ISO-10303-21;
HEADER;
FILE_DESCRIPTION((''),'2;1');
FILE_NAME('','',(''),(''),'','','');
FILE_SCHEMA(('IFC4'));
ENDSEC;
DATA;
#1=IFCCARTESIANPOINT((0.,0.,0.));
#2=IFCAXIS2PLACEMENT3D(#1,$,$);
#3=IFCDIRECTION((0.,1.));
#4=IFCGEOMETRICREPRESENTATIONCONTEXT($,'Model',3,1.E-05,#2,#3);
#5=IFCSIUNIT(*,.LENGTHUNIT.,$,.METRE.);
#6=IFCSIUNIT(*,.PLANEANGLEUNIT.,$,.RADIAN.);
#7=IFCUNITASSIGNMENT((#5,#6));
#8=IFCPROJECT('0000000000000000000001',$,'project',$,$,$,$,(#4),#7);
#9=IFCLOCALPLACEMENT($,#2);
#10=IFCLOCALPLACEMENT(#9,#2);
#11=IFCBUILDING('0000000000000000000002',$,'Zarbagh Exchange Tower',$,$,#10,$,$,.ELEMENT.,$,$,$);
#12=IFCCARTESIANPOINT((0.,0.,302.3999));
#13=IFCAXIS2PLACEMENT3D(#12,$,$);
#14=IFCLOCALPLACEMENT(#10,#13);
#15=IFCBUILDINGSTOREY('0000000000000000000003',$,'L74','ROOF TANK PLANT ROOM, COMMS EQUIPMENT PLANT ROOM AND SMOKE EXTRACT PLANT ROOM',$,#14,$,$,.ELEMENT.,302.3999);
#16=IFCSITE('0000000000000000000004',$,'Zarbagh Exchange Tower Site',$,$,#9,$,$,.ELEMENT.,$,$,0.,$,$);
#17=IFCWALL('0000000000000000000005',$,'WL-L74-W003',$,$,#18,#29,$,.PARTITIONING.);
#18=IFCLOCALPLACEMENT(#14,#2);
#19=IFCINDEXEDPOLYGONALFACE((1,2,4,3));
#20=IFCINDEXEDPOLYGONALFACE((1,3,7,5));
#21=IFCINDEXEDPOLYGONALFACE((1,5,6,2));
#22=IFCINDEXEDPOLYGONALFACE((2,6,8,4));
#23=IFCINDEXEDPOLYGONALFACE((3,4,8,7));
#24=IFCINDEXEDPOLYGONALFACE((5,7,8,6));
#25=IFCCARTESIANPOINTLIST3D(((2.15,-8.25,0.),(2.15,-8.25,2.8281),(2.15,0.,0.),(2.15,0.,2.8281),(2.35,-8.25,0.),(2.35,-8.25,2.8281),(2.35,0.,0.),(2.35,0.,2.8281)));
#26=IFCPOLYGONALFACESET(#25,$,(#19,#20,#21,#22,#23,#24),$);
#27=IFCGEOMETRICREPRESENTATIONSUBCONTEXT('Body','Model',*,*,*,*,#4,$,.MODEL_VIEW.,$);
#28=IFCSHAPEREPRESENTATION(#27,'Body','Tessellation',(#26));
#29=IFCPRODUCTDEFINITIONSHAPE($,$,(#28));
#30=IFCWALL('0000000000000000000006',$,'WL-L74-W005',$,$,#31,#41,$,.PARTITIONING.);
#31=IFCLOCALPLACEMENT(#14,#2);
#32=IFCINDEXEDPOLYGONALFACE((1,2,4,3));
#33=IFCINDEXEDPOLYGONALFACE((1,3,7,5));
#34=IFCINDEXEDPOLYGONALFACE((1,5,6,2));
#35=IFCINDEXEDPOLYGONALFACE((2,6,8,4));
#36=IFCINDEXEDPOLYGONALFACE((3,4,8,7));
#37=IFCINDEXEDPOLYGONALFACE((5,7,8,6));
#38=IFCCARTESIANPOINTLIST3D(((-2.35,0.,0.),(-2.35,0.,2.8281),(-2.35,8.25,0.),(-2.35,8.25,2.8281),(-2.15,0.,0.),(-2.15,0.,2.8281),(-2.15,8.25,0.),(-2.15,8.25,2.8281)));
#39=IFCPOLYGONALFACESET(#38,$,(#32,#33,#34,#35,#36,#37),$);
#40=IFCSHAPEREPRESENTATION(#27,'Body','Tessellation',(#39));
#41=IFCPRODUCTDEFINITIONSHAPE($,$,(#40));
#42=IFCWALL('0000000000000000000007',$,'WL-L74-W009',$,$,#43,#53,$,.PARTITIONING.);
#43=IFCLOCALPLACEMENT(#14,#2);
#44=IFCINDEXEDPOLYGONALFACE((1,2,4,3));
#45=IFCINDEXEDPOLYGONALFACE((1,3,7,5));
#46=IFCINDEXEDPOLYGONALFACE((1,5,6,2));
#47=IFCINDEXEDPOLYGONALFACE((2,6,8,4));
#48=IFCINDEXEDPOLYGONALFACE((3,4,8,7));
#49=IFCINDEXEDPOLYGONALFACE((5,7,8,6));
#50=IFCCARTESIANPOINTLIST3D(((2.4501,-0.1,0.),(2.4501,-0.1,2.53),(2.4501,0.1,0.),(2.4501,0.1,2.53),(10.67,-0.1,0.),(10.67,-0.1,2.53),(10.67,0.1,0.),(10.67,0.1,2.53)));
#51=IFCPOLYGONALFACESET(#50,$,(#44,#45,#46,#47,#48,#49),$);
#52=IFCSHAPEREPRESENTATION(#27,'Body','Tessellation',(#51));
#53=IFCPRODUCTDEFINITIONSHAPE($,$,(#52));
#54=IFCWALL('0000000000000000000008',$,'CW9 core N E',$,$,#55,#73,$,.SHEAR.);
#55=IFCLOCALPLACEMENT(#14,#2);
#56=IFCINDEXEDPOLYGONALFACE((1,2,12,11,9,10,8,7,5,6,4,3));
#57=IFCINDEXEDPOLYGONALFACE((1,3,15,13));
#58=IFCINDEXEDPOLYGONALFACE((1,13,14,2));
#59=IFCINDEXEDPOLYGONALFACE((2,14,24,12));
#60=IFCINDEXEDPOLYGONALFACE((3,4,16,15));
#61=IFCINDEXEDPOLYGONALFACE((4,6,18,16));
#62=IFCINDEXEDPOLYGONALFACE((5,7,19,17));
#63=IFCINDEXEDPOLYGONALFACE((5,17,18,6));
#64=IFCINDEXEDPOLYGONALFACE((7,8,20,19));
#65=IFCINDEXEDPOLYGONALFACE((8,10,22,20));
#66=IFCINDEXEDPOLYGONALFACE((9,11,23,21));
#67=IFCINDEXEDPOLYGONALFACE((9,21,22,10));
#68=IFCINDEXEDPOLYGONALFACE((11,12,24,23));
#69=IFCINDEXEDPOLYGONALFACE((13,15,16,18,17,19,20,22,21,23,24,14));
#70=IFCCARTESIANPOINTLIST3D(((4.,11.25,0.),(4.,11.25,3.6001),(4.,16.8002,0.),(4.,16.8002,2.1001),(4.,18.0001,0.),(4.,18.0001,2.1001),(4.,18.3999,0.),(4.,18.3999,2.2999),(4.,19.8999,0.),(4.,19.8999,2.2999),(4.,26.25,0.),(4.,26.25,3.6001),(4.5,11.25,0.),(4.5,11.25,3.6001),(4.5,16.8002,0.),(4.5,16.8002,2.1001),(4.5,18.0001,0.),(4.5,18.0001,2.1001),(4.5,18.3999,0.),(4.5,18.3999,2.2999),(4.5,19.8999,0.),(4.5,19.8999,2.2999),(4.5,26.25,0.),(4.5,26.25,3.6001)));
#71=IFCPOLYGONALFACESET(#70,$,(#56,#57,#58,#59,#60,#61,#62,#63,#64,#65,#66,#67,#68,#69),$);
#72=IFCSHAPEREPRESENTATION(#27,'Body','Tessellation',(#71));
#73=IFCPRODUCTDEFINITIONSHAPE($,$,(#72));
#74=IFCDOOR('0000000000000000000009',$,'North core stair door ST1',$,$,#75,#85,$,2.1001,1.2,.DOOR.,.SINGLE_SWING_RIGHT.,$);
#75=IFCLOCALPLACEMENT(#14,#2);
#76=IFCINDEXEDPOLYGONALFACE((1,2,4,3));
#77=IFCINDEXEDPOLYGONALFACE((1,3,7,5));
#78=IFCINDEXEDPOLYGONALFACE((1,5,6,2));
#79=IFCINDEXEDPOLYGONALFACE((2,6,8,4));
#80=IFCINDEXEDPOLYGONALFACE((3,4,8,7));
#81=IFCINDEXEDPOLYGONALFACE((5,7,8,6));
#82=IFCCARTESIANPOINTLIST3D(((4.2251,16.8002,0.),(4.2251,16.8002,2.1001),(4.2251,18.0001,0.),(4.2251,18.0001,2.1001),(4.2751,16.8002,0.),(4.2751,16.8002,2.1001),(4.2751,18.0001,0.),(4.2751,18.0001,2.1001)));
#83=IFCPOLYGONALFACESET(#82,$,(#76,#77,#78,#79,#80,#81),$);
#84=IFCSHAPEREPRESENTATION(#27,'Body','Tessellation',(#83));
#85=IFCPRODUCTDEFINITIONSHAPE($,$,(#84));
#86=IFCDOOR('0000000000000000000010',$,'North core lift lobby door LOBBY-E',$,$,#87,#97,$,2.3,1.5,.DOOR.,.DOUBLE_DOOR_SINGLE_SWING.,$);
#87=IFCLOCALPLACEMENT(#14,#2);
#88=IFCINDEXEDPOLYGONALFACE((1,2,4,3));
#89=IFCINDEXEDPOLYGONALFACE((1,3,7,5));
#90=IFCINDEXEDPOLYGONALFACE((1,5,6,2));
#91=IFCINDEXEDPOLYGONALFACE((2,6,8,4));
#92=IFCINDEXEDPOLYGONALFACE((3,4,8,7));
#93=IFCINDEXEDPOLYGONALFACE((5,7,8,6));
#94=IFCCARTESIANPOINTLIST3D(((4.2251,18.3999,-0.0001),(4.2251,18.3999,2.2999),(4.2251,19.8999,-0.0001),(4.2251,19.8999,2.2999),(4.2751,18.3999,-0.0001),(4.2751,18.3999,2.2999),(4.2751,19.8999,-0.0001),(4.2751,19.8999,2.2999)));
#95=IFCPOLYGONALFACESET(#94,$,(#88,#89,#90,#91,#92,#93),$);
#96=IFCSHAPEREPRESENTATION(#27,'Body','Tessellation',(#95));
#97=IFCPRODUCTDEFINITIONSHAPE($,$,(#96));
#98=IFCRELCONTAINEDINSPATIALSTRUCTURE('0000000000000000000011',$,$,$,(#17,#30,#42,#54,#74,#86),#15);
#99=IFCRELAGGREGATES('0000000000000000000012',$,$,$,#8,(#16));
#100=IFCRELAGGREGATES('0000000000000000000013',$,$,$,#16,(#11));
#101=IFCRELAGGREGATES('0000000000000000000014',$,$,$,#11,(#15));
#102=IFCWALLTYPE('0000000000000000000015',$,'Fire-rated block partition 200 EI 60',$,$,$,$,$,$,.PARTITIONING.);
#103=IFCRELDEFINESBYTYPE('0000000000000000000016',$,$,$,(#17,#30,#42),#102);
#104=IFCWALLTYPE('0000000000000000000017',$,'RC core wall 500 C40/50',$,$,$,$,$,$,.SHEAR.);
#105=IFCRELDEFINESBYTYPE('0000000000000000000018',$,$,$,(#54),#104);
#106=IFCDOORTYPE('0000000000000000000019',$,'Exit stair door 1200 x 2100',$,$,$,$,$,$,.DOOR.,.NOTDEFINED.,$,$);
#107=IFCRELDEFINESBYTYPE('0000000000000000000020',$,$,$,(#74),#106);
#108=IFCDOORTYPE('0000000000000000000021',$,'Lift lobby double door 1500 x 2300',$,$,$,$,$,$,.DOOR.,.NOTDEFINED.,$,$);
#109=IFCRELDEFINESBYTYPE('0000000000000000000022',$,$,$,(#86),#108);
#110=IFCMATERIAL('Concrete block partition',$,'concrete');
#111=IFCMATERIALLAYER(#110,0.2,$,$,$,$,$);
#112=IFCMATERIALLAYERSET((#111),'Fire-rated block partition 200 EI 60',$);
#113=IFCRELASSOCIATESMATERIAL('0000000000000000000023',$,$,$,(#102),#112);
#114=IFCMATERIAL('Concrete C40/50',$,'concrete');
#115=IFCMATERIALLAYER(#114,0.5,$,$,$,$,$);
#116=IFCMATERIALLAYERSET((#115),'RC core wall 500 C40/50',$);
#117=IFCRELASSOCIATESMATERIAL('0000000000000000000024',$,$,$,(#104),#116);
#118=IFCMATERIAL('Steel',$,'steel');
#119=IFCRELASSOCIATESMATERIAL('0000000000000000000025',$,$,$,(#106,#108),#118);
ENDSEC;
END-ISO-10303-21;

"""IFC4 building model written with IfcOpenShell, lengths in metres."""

from ifc_helpers import new_model, si_unit, direction, frame, frame_2d, origin, place, context, subcontext, project, spatial, rectangle, extrude, material, layer, layer_set, type_object, element, fill, save


model = new_model("IFC4")

# Units and contexts
model_context = context("Model", 3, precision=1e-05, world=origin(), true_north=direction((0.0, 1.0)))
body_context = subcontext(model_context, "Body", "Model", "MODEL_VIEW")
ifc_project = project(units=[si_unit("LENGTHUNIT", "METRE"), si_unit("PLANEANGLEUNIT", "RADIAN")], contexts=[model_context])

# Site, building, storey
site_placement = place(None, origin())
site = spatial("IfcSite", under=ifc_project, at=site_placement, Name="Zarbagh Exchange Tower Site", CompositionType="ELEMENT", RefElevation=0.0)
building_placement = place(site_placement, origin())
building = spatial("IfcBuilding", under=site, at=building_placement, Name="Zarbagh Exchange Tower", CompositionType="ELEMENT")
storey_placement = place(building_placement, frame((0.0, 0.0, 302.3999)))
storey = spatial("IfcBuildingStorey", under=building, at=storey_placement, Name="L74", Description="ROOF TANK PLANT ROOM, COMMS EQUIPMENT PLANT ROOM AND SMOKE EXTRACT PLANT ROOM", CompositionType="ELEMENT", Elevation=302.3999)

# Shared definitions
ifc_material_1 = material(Name="Concrete C40/50", Category="concrete")

# Shared definitions
ifc_material_2 = material(Name="Concrete block partition", Category="concrete")
ifc_layer_1 = layer(ifc_material_2, 0.2)
ifc_layer_set_1 = layer_set([ifc_layer_1], Name="Fire-rated block partition 200 EI 60")
wall_type_1 = type_object("IfcWallType", Name="Fire-rated block partition 200 EI 60", PredefinedType="PARTITIONING", material=ifc_layer_set_1)

# Walls
for number, where, z_axis, x_axis, name in (
    (1, (2.25, 0.0, 0.0), (0.0, 0.0, 1.0), (0.0, -1.0, 0.0), "WL-L74-W003"),
    (2, (-2.25, 0.0, 0.0), (0.0, 0.0, 1.0), (0.0, 1.0, 0.0), "WL-L74-W005"),
):
    element("IfcWall", number, at=place(storey_placement, frame(where, z_axis=z_axis, x_axis=x_axis)), inside=storey, type_object=wall_type_1, Name=name, PredefinedType="PARTITIONING", context=body_context, shape_type="SweptSolid", body=[
        extrude(rectangle(XDim=8.25, YDim=0.2, at=frame_2d((4.125, 0.0))), origin(), (0.0, 0.0, 1.0), 2.8281),
    ])
wall_1_placement = place(storey_placement, frame((10.6699, 0.0, 0.0), z_axis=(0.0, 0.0, 1.0), x_axis=(-1.0, 0.0, 0.0)))
element("IfcWall", 3, at=wall_1_placement, inside=storey, type_object=wall_type_1, Name="WL-L74-W009", PredefinedType="PARTITIONING", context=body_context, shape_type="SweptSolid", body=[
    extrude(rectangle(XDim=8.22, YDim=0.2, at=frame_2d((4.1099, 0.0))), origin(), (0.0, 0.0, 1.0), 2.53),
])

# Wall, openings, doors
ifc_layer_2 = layer(ifc_material_1, 0.5)
ifc_layer_set_2 = layer_set([ifc_layer_2], Name="RC core wall 500 C40/50")
wall_type_2 = type_object("IfcWallType", Name="RC core wall 500 C40/50", PredefinedType="SHEAR", material=ifc_layer_set_2)
wall_2_placement = place(storey_placement, frame((4.25, 11.25, 0.0), z_axis=(0.0, 0.0, 1.0), x_axis=(0.0, 1.0, 0.0)))
wall_2 = element("IfcWall", 4, at=wall_2_placement, inside=storey, type_object=wall_type_2, Name="CW9 core N E", PredefinedType="SHEAR", context=body_context, shape_type="SweptSolid", body=[
    extrude(rectangle(XDim=15.0, YDim=0.5, at=frame_2d((7.5, 0.0))), origin(), (0.0, 0.0, 1.0), 3.6001),
])
opening_1_placement = place(wall_2_placement, frame((7.1499, 0.0, 0.0)))
opening_1 = element("IfcOpeningElement", 5, at=opening_1_placement, cuts=wall_2, PredefinedType="OPENING", context=body_context, shape_type="SweptSolid", body=[
    extrude(rectangle(XDim=1.5, YDim=2.3, at=frame_2d((0.75, 1.1499))), frame((0.0, 0.26, 0.0), z_axis=(0.0, -1.0, 0.0), x_axis=(1.0, 0.0, 0.0)), (0.0, 0.0, 1.0), 0.52),
])
opening_2_placement = place(wall_2_placement, frame((5.55, 0.0, 0.0)))
opening_2 = element("IfcOpeningElement", 6, at=opening_2_placement, cuts=wall_2, PredefinedType="OPENING", context=body_context, shape_type="SweptSolid", body=[
    extrude(rectangle(XDim=1.2, YDim=2.1001, at=frame_2d((0.6001, 1.05))), frame((0.0, 0.26, 0.0), z_axis=(0.0, -1.0, 0.0), x_axis=(1.0, 0.0, 0.0)), (0.0, 0.0, 1.0), 0.52),
])
ifc_material_3 = material(Name="Steel", Category="steel")
door_type_1 = type_object("IfcDoorType", Name="Exit stair door 1200 x 2100", OperationType="NOTDEFINED", PredefinedType="DOOR", material=ifc_material_3)
door_1_placement = place(opening_2_placement, origin())
door_1 = element("IfcDoor", 7, at=door_1_placement, inside=storey, type_object=door_type_1, Name="North core stair door ST1", OperationType="SINGLE_SWING_RIGHT", OverallHeight=2.1001, OverallWidth=1.2, PredefinedType="DOOR", context=body_context, shape_type="SweptSolid", body=[
    extrude(rectangle(XDim=1.2, YDim=2.1001, at=frame_2d((0.6001, 1.05))), frame((0.0, 0.0249, 0.0), z_axis=(0.0, -1.0, 0.0), x_axis=(1.0, 0.0, 0.0)), (0.0, 0.0, 1.0), 0.05),
])
fill(opening_2, door_1)
door_type_2 = type_object("IfcDoorType", Name="Lift lobby double door 1500 x 2300", OperationType="NOTDEFINED", PredefinedType="DOOR", material=ifc_material_3)
door_2_placement = place(opening_1_placement, origin())
door_2 = element("IfcDoor", 8, at=door_2_placement, inside=storey, type_object=door_type_2, Name="North core lift lobby door LOBBY-E", OperationType="DOUBLE_DOOR_SINGLE_SWING", OverallHeight=2.3, OverallWidth=1.5, PredefinedType="DOOR", context=body_context, shape_type="SweptSolid", body=[
    extrude(rectangle(XDim=1.5, YDim=2.3, at=frame_2d((0.75, 1.1499))), frame((0.0, 0.0249, 0.0), z_axis=(0.0, -1.0, 0.0), x_axis=(1.0, 0.0, 0.0)), (0.0, 0.0, 1.0), 0.05),
])
fill(opening_1, door_2)

save(model, "model.ifc")
